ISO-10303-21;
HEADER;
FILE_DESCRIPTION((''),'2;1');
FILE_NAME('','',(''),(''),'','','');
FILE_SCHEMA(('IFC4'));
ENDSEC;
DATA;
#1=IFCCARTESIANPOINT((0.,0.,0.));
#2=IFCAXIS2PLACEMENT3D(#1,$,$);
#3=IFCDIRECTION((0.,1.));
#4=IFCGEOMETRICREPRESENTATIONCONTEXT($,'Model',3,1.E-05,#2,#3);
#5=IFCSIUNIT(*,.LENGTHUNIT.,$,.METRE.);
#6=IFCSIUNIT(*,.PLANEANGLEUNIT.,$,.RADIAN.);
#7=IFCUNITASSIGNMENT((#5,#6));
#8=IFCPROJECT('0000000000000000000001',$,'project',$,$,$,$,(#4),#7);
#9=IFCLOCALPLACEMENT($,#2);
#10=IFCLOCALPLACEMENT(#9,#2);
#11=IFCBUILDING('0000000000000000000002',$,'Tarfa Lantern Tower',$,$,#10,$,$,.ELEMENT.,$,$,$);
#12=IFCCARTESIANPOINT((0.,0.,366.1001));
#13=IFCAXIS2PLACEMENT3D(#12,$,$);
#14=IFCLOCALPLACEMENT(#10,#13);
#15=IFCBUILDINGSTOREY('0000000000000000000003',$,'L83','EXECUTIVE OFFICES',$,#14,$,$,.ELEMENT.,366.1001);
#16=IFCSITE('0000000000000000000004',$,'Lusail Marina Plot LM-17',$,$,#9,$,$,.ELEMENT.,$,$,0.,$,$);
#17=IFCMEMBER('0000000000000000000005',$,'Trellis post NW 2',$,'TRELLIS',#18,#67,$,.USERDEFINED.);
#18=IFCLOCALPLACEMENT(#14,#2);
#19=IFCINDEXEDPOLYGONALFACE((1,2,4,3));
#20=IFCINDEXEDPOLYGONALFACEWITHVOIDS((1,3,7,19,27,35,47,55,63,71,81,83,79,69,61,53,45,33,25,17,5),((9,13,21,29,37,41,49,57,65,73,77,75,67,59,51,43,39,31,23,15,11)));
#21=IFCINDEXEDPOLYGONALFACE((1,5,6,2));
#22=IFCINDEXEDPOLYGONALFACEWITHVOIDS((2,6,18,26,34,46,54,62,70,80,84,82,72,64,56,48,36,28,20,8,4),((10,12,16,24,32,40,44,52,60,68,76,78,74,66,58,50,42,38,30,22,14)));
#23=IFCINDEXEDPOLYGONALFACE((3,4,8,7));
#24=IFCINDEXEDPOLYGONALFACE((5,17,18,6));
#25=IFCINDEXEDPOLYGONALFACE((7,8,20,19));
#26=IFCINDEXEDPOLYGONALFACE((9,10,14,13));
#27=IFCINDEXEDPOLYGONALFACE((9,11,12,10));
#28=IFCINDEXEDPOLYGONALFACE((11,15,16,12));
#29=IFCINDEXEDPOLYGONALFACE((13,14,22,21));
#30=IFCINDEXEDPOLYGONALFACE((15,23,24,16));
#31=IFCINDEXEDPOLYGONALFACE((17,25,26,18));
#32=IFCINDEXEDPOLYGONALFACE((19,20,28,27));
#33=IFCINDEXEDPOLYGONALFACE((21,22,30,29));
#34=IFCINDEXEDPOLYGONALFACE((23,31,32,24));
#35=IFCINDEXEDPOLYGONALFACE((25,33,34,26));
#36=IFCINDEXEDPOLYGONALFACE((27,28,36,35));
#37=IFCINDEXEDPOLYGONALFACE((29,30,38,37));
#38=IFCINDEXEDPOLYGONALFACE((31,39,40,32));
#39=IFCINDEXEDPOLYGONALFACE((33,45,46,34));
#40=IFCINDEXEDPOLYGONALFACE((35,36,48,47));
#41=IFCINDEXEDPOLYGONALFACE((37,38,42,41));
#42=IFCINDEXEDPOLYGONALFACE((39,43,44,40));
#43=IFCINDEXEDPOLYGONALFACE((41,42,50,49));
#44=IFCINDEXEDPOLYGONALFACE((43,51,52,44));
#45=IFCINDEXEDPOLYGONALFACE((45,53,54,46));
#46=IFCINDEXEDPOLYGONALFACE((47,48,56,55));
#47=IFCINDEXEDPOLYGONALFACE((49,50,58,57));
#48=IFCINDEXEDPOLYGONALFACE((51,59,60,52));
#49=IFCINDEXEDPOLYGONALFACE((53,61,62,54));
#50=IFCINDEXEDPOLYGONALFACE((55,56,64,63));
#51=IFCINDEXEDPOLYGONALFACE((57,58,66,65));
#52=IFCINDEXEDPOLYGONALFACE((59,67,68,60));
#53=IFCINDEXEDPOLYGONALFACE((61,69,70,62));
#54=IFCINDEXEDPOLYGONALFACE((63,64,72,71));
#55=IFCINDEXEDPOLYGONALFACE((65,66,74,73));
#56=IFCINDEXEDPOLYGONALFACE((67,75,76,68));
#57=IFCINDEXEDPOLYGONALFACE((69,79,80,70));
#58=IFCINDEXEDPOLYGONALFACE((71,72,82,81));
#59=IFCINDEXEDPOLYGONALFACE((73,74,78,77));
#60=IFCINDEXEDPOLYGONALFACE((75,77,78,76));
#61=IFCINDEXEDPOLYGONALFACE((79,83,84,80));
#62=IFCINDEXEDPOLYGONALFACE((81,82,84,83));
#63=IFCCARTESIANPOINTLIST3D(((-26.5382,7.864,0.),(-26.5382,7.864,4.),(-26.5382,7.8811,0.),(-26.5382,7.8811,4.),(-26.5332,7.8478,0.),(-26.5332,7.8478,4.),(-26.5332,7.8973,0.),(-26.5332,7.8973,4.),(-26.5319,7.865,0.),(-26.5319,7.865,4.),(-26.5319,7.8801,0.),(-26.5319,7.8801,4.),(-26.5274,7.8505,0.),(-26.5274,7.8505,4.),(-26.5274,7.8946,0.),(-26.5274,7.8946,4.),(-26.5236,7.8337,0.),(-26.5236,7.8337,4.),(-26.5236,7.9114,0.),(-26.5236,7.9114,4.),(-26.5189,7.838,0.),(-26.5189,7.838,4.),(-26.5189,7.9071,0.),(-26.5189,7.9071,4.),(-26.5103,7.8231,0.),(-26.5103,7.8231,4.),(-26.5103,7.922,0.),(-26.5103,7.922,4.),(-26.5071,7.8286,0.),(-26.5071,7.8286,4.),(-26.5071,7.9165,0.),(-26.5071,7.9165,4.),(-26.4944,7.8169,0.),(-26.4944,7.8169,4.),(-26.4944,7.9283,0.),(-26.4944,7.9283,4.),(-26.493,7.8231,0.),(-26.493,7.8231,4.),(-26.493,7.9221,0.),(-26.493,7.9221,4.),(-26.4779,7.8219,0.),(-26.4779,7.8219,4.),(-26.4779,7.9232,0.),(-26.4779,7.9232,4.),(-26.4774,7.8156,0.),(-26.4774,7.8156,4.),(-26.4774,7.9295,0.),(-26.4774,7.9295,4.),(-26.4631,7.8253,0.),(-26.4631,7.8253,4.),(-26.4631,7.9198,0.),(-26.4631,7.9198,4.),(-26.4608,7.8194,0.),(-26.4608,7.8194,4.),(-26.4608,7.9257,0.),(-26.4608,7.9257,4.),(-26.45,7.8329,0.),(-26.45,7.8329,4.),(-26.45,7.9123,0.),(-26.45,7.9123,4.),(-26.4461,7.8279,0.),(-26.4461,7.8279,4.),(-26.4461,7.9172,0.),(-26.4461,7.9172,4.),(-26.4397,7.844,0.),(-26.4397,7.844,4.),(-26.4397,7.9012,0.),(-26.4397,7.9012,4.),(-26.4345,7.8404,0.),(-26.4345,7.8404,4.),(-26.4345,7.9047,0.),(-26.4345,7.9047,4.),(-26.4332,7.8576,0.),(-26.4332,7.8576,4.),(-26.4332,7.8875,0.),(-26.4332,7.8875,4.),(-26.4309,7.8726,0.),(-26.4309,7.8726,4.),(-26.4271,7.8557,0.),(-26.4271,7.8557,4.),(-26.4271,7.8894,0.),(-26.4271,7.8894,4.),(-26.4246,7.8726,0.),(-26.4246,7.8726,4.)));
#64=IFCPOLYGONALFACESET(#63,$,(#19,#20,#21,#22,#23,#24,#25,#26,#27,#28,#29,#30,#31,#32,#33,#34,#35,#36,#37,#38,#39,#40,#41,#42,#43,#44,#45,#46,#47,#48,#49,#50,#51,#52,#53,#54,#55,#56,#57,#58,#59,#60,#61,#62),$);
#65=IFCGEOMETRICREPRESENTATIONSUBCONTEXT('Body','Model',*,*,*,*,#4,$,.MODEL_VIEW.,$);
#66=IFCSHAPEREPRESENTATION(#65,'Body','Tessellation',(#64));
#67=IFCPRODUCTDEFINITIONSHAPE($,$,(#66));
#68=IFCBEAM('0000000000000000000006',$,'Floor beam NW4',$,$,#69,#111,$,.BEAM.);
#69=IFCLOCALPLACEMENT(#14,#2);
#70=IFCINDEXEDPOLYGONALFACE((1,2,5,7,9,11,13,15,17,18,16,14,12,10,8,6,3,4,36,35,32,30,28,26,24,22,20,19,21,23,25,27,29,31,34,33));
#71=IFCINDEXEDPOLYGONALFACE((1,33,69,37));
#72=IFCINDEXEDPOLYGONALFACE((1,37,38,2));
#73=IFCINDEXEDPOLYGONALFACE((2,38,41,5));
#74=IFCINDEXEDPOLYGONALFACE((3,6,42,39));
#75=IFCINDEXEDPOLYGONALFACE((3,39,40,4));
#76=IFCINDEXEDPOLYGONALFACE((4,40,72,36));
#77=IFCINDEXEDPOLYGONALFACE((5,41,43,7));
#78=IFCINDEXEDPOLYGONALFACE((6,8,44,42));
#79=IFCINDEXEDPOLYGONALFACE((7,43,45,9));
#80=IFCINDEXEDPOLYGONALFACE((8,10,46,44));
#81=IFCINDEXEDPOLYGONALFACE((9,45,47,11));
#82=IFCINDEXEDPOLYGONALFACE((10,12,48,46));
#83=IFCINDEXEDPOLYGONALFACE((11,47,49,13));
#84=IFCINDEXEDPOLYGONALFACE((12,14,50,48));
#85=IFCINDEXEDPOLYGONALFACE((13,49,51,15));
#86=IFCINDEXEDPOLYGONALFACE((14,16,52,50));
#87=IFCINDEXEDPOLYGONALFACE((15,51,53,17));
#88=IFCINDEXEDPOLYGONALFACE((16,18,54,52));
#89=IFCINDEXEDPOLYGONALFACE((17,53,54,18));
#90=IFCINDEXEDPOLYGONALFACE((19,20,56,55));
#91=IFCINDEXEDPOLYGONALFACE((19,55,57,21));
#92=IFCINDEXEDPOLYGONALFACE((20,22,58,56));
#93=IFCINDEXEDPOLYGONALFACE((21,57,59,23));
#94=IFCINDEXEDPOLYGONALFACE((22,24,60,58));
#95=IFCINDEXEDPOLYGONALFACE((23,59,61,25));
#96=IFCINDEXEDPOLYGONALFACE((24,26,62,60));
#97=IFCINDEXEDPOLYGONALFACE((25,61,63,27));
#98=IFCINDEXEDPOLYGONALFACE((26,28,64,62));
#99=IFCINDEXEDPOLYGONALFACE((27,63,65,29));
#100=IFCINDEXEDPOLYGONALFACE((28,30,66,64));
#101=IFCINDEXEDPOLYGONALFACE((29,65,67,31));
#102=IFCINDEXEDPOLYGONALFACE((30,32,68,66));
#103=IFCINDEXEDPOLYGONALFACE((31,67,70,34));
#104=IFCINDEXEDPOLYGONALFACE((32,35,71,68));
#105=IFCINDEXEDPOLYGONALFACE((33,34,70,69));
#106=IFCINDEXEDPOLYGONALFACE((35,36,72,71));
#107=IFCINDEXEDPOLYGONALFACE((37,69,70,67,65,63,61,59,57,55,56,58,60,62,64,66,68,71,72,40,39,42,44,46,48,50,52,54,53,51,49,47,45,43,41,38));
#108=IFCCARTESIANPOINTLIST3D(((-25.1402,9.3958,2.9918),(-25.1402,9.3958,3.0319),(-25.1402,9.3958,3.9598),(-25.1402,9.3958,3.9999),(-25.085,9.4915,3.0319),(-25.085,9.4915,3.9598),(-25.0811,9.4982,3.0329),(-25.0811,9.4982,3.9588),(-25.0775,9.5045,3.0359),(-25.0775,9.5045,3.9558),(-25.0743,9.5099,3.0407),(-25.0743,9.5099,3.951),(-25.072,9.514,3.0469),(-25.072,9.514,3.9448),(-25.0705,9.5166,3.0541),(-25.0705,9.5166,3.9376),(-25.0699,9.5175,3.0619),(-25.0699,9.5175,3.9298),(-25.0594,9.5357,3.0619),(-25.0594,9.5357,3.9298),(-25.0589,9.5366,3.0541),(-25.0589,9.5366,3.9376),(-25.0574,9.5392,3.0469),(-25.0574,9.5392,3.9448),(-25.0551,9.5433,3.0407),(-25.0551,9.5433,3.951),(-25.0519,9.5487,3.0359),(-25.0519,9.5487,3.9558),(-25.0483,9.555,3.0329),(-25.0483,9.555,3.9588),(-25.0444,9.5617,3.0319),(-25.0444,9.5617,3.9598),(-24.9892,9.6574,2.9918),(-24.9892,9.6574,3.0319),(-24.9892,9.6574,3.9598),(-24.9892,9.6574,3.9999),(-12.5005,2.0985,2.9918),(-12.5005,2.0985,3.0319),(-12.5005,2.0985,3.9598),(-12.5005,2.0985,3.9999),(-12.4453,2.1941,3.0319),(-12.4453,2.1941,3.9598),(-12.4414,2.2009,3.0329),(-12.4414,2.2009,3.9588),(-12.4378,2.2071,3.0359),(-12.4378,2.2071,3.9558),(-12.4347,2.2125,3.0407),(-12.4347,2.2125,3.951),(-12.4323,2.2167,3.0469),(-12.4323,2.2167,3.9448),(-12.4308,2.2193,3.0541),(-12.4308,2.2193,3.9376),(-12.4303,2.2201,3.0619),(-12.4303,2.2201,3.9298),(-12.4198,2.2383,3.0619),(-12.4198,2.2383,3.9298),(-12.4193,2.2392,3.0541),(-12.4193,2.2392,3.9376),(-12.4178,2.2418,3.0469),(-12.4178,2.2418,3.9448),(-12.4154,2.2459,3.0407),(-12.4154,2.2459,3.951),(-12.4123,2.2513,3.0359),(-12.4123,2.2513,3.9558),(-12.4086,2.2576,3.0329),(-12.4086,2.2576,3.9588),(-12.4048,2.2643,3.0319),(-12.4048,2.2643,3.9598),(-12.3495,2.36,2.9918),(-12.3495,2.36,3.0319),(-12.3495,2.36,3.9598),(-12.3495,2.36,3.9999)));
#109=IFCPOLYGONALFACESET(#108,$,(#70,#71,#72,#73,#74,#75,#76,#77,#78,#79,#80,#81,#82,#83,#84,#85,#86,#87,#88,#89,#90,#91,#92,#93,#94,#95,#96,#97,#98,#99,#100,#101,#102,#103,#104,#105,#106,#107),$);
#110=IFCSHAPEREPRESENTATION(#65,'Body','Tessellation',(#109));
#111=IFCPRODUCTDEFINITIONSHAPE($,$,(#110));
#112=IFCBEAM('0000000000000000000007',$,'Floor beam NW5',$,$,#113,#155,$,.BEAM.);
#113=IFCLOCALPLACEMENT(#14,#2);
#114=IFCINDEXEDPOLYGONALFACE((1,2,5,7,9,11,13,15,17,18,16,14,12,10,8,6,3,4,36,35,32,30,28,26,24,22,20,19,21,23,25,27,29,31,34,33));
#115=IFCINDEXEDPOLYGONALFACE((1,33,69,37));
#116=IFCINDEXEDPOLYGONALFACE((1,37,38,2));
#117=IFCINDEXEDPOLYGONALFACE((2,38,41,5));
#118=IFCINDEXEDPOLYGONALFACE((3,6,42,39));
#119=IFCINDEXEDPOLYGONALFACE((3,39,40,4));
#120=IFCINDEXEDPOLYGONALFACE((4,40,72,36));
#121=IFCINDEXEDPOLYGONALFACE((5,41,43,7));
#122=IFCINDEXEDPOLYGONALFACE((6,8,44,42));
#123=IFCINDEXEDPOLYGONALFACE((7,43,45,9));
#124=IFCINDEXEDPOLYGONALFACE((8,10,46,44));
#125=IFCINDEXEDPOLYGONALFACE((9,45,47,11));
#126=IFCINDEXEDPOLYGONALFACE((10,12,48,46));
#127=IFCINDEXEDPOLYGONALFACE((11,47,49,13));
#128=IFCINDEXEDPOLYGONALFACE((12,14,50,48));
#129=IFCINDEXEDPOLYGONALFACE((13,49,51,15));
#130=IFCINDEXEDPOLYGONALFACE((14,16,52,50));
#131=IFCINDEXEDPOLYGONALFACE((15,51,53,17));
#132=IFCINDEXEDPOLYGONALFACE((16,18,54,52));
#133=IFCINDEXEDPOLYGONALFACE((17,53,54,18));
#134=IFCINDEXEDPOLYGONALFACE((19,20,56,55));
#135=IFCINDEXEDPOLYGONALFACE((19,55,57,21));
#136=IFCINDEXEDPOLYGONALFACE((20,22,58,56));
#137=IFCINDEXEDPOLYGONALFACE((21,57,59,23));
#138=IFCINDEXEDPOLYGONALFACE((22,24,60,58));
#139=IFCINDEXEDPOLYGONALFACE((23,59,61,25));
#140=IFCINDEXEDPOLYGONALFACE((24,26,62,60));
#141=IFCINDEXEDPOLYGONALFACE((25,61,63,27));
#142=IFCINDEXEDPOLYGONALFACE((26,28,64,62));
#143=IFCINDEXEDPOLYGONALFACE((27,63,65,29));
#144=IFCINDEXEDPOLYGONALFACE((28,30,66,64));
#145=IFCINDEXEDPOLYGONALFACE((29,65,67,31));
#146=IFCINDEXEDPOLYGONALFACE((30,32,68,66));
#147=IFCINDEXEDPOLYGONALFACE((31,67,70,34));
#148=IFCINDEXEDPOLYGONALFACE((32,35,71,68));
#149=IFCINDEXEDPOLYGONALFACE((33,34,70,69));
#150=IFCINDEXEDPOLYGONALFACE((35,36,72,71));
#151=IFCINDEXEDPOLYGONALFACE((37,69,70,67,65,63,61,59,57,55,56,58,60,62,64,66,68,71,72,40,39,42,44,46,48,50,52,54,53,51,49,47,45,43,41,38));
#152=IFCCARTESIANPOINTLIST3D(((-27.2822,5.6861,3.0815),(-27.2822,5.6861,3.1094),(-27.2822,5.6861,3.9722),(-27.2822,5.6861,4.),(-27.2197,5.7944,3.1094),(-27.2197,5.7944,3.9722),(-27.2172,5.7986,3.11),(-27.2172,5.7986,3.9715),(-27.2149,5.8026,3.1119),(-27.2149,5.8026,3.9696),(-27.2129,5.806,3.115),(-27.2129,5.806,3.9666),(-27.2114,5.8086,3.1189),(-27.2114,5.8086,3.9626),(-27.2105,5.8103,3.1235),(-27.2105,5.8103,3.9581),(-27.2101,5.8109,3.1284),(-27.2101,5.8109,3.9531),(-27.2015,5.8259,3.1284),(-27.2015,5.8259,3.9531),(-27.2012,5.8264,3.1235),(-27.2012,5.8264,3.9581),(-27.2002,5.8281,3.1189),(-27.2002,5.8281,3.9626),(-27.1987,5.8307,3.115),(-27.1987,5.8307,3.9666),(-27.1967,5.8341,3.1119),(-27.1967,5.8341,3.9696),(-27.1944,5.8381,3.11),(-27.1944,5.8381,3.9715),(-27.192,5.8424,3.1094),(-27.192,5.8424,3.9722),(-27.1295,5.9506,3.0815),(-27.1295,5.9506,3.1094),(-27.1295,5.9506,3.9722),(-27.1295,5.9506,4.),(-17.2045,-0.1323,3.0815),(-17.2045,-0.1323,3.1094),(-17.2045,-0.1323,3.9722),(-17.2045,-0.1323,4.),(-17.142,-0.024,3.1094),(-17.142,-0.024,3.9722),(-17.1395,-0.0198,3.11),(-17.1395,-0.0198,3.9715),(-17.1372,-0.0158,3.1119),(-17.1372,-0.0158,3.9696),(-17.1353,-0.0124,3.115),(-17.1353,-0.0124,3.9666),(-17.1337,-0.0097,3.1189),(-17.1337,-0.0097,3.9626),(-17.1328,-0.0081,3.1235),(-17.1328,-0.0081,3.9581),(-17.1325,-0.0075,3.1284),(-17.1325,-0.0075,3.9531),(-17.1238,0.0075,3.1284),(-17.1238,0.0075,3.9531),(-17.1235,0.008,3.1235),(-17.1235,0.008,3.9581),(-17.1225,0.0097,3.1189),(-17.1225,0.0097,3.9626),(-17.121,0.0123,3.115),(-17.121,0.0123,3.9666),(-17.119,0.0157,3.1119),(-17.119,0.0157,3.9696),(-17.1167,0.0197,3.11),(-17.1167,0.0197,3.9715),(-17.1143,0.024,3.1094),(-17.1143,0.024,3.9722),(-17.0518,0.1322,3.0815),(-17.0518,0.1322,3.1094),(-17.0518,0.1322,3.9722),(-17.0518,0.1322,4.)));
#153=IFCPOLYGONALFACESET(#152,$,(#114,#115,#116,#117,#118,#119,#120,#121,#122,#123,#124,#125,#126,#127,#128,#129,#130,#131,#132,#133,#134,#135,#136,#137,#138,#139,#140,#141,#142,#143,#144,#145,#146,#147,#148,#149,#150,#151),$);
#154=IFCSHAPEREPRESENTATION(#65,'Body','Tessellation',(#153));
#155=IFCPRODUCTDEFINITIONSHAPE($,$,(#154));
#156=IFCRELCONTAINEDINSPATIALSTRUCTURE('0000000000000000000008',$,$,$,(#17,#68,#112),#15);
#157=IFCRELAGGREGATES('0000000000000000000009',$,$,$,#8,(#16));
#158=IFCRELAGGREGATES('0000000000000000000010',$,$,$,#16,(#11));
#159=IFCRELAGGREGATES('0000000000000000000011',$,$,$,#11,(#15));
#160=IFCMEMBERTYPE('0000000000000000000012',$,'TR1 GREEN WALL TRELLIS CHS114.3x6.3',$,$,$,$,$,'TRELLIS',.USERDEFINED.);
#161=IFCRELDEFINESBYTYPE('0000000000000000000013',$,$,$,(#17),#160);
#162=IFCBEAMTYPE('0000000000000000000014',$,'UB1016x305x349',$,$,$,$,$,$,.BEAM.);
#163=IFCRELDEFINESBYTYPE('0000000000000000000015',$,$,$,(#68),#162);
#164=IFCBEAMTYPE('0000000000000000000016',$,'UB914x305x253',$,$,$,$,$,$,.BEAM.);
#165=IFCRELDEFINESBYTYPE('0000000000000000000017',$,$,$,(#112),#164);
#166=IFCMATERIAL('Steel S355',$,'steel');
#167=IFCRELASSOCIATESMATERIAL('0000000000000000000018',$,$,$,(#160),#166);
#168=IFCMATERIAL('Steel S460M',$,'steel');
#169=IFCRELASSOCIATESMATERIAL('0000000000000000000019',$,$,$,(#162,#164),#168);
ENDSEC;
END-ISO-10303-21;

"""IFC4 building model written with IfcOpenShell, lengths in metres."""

from ifc_helpers import new_model, si_unit, direction, frame, origin, origin_2d, place, context, subcontext, project, spatial, hollow_circle, i_section, extrude, material, material_profile, profile_set, type_object, element, save


model = new_model("IFC4")

# Units and contexts
model_context = context("Model", 3, precision=1e-05, world=origin(), true_north=direction((0.0, 1.0)))
body_context = subcontext(model_context, "Body", "Model", "MODEL_VIEW")
ifc_project = project(units=[si_unit("LENGTHUNIT", "METRE"), si_unit("PLANEANGLEUNIT", "RADIAN")], contexts=[model_context])

# Site, building, storey
site_placement = place(None, origin())
site = spatial("IfcSite", under=ifc_project, at=site_placement, Name="Lusail Marina Plot LM-17", CompositionType="ELEMENT", RefElevation=0.0)
building_placement = place(site_placement, origin())
building = spatial("IfcBuilding", under=site, at=building_placement, Name="Tarfa Lantern Tower", CompositionType="ELEMENT")
storey_placement = place(building_placement, frame((0.0, 0.0, 366.1001)))
storey = spatial("IfcBuildingStorey", under=building, at=storey_placement, Name="L83", Description="EXECUTIVE OFFICES", CompositionType="ELEMENT", Elevation=366.1001)

# Member
ifc_material_1 = material(Name="Steel S355", Category="steel")
ifc_material_profile_1 = material_profile(ifc_material_1, hollow_circle(Radius=0.0571, WallThickness=0.0063, at=origin_2d()), Name="CHS114.3x6.3")
ifc_profile_set_1 = profile_set([ifc_material_profile_1], Name="Steel S355")
member_type_1 = type_object("IfcMemberType", Name="TR1 GREEN WALL TRELLIS CHS114.3x6.3", ElementType="TRELLIS", PredefinedType="USERDEFINED", material=ifc_profile_set_1)
member_1_placement = place(storey_placement, frame((-26.4817, 7.8726, 0.0), z_axis=(0.0, 0.0, 1.0), x_axis=(1.0, 0.0, 0.0)))
element("IfcMember", 1, at=member_1_placement, inside=storey, type_object=member_type_1, Name="Trellis post NW 2", ObjectType="TRELLIS", PredefinedType="USERDEFINED", context=body_context, shape_type="SweptSolid", body=[
    extrude(hollow_circle(Radius=0.0571, WallThickness=0.0063, at=origin_2d()), origin(), (0.0, 0.0, 1.0), 4.0),
])

# Beams
ifc_material_2 = material(Name="Steel S460M", Category="steel")
ifc_material_profile_2 = material_profile(ifc_material_2, i_section(OverallWidth=0.302, OverallDepth=1.0081, WebThickness=0.021, FlangeThickness=0.04, FilletRadius=0.03, at=origin_2d()), Name="UB1016x305x349")
ifc_profile_set_2 = profile_set([ifc_material_profile_2], Name="Steel S460M")
beam_type_1 = type_object("IfcBeamType", Name="UB1016x305x349", PredefinedType="BEAM", material=ifc_profile_set_2)
beam_1_placement = place(storey_placement, frame((-25.0647, 9.5266, 3.4958), z_axis=(0.86603, -0.499993, 0.0), x_axis=(0.499993, 0.86603, 0.0)))
element("IfcBeam", 2, at=beam_1_placement, inside=storey, type_object=beam_type_1, Name="Floor beam NW4", PredefinedType="BEAM", context=body_context, shape_type="SweptSolid", body=[
    extrude(i_section(OverallWidth=0.302, OverallDepth=1.0081, WebThickness=0.021, FlangeThickness=0.04, FilletRadius=0.03, at=origin_2d()), origin(), (0.0, 0.0, 1.0), 14.595),
])
ifc_material_profile_3 = material_profile(ifc_material_2, i_section(OverallWidth=0.3054, OverallDepth=0.9185, WebThickness=0.0173, FlangeThickness=0.0278, FilletRadius=0.019, at=origin_2d()), Name="UB914x305x253")
ifc_profile_set_3 = profile_set([ifc_material_profile_3], Name="Steel S460M")
beam_type_2 = type_object("IfcBeamType", Name="UB914x305x253", PredefinedType="BEAM", material=ifc_profile_set_3)
beam_2_placement = place(storey_placement, frame((-27.2058, 5.8184, 3.5408), z_axis=(0.866024, -0.500002, 0.0), x_axis=(0.500002, 0.866024, 0.0)))
element("IfcBeam", 3, at=beam_2_placement, inside=storey, type_object=beam_type_2, Name="Floor beam NW5", PredefinedType="BEAM", context=body_context, shape_type="SweptSolid", body=[
    extrude(i_section(OverallWidth=0.3054, OverallDepth=0.9185, WebThickness=0.0173, FlangeThickness=0.0278, FilletRadius=0.019, at=origin_2d()), origin(), (0.0, 0.0, 1.0), 11.6367),
])

save(model, "model.ifc")
